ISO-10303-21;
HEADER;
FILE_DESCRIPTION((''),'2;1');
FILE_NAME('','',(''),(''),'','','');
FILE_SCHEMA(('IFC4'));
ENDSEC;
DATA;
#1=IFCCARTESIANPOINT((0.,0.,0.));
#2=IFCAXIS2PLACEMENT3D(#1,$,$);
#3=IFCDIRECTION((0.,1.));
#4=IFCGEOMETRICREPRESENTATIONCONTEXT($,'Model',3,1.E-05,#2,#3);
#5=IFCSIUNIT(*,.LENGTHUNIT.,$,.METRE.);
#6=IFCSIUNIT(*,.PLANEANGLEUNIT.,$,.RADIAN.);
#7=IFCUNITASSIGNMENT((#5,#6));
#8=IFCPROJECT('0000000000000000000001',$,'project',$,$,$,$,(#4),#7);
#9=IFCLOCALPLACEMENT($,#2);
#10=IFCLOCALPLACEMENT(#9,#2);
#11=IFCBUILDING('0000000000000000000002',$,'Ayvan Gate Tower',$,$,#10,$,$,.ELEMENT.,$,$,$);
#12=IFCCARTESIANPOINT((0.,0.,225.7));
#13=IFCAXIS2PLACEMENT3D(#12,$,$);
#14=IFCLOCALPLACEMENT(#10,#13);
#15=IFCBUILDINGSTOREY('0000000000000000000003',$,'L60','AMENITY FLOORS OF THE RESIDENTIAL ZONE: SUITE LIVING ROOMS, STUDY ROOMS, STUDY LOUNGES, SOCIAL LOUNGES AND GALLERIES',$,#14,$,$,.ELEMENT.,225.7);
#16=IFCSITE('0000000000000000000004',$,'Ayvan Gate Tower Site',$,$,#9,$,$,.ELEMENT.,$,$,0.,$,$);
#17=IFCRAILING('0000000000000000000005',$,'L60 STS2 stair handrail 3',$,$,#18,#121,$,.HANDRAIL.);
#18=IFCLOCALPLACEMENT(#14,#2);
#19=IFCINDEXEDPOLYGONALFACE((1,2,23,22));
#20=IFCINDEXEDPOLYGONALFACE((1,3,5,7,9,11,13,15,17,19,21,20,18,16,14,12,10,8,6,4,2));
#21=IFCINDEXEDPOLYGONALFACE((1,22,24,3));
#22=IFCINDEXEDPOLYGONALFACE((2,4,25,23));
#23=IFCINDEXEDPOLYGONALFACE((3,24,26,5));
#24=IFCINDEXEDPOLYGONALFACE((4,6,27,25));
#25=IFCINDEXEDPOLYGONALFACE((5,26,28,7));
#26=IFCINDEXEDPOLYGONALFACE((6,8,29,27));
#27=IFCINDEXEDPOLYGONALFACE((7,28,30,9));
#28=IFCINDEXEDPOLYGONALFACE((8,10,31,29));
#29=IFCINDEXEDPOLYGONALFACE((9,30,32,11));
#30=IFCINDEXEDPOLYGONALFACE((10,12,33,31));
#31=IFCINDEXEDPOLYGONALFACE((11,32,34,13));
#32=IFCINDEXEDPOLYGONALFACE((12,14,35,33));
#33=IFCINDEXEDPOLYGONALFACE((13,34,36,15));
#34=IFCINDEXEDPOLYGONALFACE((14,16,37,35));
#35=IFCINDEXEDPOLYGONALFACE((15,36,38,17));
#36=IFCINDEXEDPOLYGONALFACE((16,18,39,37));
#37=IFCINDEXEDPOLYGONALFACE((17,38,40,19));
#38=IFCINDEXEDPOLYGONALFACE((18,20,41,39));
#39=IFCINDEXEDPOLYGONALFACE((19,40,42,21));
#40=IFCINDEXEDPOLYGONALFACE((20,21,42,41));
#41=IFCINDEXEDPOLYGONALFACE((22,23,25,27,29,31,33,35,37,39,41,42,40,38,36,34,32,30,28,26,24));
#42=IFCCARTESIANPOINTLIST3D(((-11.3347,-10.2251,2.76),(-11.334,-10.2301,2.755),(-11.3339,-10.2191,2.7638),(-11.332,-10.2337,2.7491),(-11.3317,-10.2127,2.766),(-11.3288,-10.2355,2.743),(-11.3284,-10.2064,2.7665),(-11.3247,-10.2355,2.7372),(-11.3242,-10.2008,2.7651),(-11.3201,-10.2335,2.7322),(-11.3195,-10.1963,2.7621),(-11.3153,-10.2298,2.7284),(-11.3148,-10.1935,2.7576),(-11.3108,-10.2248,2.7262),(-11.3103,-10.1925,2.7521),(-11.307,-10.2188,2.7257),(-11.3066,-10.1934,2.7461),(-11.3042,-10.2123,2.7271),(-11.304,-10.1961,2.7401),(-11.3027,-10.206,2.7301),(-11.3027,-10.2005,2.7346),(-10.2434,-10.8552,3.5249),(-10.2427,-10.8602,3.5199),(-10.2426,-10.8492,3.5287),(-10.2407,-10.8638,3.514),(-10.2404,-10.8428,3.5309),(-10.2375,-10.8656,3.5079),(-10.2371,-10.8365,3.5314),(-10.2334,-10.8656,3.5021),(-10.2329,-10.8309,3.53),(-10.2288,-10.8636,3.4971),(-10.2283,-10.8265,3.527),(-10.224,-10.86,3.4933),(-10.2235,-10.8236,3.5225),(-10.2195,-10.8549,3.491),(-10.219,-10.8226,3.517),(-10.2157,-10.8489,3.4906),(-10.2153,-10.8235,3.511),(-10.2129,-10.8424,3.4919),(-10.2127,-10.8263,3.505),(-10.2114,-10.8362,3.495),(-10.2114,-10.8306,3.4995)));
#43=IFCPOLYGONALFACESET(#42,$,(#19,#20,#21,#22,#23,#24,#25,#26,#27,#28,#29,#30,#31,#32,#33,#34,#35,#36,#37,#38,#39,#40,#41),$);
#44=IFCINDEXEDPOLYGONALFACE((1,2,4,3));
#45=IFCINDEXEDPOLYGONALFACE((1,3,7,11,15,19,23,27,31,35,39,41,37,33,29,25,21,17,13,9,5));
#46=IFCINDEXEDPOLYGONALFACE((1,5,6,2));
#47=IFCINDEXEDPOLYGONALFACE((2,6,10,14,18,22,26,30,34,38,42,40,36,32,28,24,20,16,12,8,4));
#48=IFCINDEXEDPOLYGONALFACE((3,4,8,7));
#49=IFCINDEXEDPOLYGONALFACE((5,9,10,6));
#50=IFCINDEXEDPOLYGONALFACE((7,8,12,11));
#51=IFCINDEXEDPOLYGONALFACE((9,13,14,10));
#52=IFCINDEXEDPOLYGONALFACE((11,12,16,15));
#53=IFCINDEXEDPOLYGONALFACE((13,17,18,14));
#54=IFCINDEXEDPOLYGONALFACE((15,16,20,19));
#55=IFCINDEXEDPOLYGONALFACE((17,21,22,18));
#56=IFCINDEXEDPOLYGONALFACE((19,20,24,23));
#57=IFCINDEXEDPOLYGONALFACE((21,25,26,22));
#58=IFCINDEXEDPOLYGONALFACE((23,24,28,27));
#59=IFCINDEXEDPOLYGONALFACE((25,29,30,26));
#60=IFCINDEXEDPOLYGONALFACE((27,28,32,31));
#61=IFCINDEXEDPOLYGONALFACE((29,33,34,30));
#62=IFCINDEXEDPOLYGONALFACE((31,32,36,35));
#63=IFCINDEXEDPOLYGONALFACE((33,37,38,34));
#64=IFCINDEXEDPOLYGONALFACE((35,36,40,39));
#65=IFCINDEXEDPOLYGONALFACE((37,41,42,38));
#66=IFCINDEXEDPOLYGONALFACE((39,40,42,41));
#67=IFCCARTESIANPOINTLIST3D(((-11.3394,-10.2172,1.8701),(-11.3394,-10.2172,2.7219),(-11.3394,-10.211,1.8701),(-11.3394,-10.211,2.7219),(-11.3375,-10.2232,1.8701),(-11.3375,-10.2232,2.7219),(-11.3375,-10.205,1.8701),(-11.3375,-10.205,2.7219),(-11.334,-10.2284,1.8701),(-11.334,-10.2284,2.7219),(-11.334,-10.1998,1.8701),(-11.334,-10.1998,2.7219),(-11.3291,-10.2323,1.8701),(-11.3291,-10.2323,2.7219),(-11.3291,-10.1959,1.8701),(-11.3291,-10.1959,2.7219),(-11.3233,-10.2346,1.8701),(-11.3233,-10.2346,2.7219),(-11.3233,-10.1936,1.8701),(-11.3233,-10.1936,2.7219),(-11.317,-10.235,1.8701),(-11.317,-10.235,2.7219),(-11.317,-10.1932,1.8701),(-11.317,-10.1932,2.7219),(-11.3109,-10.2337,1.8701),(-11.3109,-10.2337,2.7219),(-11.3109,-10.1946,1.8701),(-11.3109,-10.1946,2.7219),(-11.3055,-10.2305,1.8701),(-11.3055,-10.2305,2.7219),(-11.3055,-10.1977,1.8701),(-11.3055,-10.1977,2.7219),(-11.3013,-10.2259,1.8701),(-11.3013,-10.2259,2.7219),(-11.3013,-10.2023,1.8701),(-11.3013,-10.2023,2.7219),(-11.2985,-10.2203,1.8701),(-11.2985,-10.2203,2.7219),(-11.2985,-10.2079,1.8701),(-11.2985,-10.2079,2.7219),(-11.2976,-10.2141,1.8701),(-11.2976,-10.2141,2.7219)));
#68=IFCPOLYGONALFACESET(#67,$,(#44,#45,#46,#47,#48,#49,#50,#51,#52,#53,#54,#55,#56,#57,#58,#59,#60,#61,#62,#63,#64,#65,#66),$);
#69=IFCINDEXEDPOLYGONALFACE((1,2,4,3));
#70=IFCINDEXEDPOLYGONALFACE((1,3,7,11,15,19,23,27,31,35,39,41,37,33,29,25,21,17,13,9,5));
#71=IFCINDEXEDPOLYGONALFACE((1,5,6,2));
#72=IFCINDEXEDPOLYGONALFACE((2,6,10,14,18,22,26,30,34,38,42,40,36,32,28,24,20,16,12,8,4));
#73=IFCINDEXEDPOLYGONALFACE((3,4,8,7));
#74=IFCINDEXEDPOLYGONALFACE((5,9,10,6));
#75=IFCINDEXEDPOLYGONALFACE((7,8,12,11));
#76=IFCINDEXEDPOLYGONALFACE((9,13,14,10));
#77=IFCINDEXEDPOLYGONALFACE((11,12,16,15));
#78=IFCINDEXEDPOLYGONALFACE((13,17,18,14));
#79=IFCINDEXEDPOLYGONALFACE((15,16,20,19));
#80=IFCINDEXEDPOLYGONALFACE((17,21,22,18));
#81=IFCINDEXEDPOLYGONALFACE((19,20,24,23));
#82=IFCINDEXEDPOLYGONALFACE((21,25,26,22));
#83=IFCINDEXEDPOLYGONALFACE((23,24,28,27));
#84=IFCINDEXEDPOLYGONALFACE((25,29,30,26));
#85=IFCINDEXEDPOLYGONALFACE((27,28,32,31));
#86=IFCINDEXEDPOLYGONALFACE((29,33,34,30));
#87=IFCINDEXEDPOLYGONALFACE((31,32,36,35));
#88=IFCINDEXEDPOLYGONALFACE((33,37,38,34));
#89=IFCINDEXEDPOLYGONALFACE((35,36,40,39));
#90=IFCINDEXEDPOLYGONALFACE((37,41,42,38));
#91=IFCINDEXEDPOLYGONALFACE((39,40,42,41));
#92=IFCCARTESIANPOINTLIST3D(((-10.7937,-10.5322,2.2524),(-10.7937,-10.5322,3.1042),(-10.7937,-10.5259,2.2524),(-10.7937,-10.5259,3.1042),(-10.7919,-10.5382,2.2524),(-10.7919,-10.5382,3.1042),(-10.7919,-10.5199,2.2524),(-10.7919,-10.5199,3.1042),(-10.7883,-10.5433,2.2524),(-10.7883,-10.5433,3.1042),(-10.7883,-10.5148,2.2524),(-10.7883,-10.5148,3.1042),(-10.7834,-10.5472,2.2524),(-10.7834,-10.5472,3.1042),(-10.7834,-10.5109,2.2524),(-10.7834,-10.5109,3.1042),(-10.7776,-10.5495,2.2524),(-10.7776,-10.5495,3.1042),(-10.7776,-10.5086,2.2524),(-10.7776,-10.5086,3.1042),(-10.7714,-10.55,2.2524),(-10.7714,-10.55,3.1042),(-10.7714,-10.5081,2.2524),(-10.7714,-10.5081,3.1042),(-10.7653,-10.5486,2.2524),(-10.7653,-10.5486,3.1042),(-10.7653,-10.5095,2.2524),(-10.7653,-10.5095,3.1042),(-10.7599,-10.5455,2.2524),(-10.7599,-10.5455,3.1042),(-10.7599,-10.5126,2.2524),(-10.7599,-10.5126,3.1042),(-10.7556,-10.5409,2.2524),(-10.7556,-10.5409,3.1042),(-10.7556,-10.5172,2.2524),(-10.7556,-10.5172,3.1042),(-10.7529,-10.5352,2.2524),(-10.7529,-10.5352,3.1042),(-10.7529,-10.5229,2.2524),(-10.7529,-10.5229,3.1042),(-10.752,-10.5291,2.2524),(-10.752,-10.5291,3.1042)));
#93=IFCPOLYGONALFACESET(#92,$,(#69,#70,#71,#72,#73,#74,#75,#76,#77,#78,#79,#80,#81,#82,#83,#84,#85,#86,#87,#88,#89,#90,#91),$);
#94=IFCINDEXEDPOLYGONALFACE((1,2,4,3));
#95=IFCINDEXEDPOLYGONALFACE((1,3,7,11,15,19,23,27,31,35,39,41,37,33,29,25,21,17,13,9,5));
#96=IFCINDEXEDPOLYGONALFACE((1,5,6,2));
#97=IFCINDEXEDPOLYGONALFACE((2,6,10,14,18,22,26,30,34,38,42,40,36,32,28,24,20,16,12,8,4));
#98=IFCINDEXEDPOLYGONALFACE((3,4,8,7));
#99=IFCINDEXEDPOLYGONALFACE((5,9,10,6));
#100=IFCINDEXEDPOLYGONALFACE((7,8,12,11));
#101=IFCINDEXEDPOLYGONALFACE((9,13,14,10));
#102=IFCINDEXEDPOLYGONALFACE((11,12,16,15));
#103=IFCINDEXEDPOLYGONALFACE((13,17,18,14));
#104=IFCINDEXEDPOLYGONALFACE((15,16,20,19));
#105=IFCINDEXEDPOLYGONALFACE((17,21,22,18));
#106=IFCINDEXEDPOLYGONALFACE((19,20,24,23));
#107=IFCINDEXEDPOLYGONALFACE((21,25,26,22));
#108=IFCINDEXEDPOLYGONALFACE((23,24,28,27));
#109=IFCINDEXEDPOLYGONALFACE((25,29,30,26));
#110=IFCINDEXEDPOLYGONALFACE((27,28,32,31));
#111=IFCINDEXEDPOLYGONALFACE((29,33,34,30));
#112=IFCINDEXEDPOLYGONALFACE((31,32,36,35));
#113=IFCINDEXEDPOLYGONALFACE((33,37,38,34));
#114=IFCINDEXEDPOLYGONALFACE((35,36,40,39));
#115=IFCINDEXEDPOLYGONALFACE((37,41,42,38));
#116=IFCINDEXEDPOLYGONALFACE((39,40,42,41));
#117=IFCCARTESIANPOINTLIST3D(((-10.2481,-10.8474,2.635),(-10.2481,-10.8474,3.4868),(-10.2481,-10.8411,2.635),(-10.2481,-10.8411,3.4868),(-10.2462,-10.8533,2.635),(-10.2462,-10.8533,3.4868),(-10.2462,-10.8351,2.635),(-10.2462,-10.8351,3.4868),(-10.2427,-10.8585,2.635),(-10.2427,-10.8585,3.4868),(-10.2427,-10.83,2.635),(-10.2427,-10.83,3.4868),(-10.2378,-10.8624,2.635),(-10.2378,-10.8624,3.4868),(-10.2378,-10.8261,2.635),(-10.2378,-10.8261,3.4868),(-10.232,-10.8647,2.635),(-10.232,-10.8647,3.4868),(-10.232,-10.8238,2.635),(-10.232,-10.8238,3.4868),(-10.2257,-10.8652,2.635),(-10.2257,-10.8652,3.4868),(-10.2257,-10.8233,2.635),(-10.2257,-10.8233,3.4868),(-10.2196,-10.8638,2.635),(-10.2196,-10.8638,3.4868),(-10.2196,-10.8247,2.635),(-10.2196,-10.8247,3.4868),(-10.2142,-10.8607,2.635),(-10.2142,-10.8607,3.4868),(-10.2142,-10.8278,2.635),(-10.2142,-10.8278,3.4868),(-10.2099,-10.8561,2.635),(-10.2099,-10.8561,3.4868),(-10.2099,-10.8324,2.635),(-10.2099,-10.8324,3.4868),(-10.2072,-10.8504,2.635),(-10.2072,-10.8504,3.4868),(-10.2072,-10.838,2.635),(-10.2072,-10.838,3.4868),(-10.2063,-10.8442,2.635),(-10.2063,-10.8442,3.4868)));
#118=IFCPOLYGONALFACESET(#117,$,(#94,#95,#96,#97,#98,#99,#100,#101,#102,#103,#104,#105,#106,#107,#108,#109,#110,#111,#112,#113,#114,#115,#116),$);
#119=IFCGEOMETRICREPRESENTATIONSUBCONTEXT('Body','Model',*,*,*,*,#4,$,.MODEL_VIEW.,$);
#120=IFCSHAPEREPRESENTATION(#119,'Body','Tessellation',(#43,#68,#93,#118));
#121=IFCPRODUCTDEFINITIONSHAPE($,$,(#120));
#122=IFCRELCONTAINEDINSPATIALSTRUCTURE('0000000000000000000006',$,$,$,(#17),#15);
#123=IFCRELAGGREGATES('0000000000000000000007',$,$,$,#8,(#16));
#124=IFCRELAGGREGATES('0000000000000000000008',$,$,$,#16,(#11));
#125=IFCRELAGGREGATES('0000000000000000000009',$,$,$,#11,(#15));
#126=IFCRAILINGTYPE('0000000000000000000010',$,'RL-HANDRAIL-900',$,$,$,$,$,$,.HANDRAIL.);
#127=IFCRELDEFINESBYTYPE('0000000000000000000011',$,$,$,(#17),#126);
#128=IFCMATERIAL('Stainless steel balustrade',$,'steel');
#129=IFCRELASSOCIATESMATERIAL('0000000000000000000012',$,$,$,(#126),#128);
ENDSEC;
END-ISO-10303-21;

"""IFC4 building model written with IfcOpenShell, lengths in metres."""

from ifc_helpers import new_model, si_unit, direction, frame, origin, origin_2d, place, context, subcontext, project, spatial, circle, extrude, material, type_object, element, save


model = new_model("IFC4")

# Units and contexts
model_context = context("Model", 3, precision=1e-05, world=origin(), true_north=direction((0.0, 1.0)))
body_context = subcontext(model_context, "Body", "Model", "MODEL_VIEW")
ifc_project = project(units=[si_unit("LENGTHUNIT", "METRE"), si_unit("PLANEANGLEUNIT", "RADIAN")], contexts=[model_context])

# Site, building, storey
site_placement = place(None, origin())
site = spatial("IfcSite", under=ifc_project, at=site_placement, Name="Ayvan Gate Tower Site", CompositionType="ELEMENT", RefElevation=0.0)
building_placement = place(site_placement, origin())
building = spatial("IfcBuilding", under=site, at=building_placement, Name="Ayvan Gate Tower", CompositionType="ELEMENT")
storey_placement = place(building_placement, frame((0.0, 0.0, 225.7)))
storey = spatial("IfcBuildingStorey", under=building, at=storey_placement, Name="L60", Description="AMENITY FLOORS OF THE RESIDENTIAL ZONE: SUITE LIVING ROOMS, STUDY ROOMS, STUDY LOUNGES, SOCIAL LOUNGES AND GALLERIES", CompositionType="ELEMENT", Elevation=225.7)

# Railing
ifc_material_1 = material(Name="Stainless steel balustrade", Category="steel")
railing_type_1 = type_object("IfcRailingType", Name="RL-HANDRAIL-900", PredefinedType="HANDRAIL", material=ifc_material_1)
railing_1_placement = place(storey_placement, frame((-11.3186, -10.2141, 1.8701)))
element("IfcRailing", 1, at=railing_1_placement, inside=storey, type_object=railing_type_1, Name="L60 STS2 stair handrail 3", PredefinedType="HANDRAIL", context=body_context, shape_type="SweptSolid", body=[
    extrude(circle(Radius=0.0239, at=origin_2d()), frame((0.0, 0.0, 0.876), z_axis=(0.740304, -0.427455, 0.518875), x_axis=(0.500035, 0.866005, 0.0)), (0.0, 0.0, 1.0), 1.4741),
    extrude(circle(Radius=0.021, at=origin_2d()), origin(), (0.0, 0.0, 1.0), 0.8518),
    extrude(circle(Radius=0.021, at=origin_2d()), frame((0.5457, -0.3149, 0.3823)), (0.0, 0.0, 1.0), 0.8518),
    extrude(circle(Radius=0.021, at=origin_2d()), frame((1.0913, -0.6301, 0.7649)), (0.0, 0.0, 1.0), 0.8518),
])

save(model, "model.ifc")
